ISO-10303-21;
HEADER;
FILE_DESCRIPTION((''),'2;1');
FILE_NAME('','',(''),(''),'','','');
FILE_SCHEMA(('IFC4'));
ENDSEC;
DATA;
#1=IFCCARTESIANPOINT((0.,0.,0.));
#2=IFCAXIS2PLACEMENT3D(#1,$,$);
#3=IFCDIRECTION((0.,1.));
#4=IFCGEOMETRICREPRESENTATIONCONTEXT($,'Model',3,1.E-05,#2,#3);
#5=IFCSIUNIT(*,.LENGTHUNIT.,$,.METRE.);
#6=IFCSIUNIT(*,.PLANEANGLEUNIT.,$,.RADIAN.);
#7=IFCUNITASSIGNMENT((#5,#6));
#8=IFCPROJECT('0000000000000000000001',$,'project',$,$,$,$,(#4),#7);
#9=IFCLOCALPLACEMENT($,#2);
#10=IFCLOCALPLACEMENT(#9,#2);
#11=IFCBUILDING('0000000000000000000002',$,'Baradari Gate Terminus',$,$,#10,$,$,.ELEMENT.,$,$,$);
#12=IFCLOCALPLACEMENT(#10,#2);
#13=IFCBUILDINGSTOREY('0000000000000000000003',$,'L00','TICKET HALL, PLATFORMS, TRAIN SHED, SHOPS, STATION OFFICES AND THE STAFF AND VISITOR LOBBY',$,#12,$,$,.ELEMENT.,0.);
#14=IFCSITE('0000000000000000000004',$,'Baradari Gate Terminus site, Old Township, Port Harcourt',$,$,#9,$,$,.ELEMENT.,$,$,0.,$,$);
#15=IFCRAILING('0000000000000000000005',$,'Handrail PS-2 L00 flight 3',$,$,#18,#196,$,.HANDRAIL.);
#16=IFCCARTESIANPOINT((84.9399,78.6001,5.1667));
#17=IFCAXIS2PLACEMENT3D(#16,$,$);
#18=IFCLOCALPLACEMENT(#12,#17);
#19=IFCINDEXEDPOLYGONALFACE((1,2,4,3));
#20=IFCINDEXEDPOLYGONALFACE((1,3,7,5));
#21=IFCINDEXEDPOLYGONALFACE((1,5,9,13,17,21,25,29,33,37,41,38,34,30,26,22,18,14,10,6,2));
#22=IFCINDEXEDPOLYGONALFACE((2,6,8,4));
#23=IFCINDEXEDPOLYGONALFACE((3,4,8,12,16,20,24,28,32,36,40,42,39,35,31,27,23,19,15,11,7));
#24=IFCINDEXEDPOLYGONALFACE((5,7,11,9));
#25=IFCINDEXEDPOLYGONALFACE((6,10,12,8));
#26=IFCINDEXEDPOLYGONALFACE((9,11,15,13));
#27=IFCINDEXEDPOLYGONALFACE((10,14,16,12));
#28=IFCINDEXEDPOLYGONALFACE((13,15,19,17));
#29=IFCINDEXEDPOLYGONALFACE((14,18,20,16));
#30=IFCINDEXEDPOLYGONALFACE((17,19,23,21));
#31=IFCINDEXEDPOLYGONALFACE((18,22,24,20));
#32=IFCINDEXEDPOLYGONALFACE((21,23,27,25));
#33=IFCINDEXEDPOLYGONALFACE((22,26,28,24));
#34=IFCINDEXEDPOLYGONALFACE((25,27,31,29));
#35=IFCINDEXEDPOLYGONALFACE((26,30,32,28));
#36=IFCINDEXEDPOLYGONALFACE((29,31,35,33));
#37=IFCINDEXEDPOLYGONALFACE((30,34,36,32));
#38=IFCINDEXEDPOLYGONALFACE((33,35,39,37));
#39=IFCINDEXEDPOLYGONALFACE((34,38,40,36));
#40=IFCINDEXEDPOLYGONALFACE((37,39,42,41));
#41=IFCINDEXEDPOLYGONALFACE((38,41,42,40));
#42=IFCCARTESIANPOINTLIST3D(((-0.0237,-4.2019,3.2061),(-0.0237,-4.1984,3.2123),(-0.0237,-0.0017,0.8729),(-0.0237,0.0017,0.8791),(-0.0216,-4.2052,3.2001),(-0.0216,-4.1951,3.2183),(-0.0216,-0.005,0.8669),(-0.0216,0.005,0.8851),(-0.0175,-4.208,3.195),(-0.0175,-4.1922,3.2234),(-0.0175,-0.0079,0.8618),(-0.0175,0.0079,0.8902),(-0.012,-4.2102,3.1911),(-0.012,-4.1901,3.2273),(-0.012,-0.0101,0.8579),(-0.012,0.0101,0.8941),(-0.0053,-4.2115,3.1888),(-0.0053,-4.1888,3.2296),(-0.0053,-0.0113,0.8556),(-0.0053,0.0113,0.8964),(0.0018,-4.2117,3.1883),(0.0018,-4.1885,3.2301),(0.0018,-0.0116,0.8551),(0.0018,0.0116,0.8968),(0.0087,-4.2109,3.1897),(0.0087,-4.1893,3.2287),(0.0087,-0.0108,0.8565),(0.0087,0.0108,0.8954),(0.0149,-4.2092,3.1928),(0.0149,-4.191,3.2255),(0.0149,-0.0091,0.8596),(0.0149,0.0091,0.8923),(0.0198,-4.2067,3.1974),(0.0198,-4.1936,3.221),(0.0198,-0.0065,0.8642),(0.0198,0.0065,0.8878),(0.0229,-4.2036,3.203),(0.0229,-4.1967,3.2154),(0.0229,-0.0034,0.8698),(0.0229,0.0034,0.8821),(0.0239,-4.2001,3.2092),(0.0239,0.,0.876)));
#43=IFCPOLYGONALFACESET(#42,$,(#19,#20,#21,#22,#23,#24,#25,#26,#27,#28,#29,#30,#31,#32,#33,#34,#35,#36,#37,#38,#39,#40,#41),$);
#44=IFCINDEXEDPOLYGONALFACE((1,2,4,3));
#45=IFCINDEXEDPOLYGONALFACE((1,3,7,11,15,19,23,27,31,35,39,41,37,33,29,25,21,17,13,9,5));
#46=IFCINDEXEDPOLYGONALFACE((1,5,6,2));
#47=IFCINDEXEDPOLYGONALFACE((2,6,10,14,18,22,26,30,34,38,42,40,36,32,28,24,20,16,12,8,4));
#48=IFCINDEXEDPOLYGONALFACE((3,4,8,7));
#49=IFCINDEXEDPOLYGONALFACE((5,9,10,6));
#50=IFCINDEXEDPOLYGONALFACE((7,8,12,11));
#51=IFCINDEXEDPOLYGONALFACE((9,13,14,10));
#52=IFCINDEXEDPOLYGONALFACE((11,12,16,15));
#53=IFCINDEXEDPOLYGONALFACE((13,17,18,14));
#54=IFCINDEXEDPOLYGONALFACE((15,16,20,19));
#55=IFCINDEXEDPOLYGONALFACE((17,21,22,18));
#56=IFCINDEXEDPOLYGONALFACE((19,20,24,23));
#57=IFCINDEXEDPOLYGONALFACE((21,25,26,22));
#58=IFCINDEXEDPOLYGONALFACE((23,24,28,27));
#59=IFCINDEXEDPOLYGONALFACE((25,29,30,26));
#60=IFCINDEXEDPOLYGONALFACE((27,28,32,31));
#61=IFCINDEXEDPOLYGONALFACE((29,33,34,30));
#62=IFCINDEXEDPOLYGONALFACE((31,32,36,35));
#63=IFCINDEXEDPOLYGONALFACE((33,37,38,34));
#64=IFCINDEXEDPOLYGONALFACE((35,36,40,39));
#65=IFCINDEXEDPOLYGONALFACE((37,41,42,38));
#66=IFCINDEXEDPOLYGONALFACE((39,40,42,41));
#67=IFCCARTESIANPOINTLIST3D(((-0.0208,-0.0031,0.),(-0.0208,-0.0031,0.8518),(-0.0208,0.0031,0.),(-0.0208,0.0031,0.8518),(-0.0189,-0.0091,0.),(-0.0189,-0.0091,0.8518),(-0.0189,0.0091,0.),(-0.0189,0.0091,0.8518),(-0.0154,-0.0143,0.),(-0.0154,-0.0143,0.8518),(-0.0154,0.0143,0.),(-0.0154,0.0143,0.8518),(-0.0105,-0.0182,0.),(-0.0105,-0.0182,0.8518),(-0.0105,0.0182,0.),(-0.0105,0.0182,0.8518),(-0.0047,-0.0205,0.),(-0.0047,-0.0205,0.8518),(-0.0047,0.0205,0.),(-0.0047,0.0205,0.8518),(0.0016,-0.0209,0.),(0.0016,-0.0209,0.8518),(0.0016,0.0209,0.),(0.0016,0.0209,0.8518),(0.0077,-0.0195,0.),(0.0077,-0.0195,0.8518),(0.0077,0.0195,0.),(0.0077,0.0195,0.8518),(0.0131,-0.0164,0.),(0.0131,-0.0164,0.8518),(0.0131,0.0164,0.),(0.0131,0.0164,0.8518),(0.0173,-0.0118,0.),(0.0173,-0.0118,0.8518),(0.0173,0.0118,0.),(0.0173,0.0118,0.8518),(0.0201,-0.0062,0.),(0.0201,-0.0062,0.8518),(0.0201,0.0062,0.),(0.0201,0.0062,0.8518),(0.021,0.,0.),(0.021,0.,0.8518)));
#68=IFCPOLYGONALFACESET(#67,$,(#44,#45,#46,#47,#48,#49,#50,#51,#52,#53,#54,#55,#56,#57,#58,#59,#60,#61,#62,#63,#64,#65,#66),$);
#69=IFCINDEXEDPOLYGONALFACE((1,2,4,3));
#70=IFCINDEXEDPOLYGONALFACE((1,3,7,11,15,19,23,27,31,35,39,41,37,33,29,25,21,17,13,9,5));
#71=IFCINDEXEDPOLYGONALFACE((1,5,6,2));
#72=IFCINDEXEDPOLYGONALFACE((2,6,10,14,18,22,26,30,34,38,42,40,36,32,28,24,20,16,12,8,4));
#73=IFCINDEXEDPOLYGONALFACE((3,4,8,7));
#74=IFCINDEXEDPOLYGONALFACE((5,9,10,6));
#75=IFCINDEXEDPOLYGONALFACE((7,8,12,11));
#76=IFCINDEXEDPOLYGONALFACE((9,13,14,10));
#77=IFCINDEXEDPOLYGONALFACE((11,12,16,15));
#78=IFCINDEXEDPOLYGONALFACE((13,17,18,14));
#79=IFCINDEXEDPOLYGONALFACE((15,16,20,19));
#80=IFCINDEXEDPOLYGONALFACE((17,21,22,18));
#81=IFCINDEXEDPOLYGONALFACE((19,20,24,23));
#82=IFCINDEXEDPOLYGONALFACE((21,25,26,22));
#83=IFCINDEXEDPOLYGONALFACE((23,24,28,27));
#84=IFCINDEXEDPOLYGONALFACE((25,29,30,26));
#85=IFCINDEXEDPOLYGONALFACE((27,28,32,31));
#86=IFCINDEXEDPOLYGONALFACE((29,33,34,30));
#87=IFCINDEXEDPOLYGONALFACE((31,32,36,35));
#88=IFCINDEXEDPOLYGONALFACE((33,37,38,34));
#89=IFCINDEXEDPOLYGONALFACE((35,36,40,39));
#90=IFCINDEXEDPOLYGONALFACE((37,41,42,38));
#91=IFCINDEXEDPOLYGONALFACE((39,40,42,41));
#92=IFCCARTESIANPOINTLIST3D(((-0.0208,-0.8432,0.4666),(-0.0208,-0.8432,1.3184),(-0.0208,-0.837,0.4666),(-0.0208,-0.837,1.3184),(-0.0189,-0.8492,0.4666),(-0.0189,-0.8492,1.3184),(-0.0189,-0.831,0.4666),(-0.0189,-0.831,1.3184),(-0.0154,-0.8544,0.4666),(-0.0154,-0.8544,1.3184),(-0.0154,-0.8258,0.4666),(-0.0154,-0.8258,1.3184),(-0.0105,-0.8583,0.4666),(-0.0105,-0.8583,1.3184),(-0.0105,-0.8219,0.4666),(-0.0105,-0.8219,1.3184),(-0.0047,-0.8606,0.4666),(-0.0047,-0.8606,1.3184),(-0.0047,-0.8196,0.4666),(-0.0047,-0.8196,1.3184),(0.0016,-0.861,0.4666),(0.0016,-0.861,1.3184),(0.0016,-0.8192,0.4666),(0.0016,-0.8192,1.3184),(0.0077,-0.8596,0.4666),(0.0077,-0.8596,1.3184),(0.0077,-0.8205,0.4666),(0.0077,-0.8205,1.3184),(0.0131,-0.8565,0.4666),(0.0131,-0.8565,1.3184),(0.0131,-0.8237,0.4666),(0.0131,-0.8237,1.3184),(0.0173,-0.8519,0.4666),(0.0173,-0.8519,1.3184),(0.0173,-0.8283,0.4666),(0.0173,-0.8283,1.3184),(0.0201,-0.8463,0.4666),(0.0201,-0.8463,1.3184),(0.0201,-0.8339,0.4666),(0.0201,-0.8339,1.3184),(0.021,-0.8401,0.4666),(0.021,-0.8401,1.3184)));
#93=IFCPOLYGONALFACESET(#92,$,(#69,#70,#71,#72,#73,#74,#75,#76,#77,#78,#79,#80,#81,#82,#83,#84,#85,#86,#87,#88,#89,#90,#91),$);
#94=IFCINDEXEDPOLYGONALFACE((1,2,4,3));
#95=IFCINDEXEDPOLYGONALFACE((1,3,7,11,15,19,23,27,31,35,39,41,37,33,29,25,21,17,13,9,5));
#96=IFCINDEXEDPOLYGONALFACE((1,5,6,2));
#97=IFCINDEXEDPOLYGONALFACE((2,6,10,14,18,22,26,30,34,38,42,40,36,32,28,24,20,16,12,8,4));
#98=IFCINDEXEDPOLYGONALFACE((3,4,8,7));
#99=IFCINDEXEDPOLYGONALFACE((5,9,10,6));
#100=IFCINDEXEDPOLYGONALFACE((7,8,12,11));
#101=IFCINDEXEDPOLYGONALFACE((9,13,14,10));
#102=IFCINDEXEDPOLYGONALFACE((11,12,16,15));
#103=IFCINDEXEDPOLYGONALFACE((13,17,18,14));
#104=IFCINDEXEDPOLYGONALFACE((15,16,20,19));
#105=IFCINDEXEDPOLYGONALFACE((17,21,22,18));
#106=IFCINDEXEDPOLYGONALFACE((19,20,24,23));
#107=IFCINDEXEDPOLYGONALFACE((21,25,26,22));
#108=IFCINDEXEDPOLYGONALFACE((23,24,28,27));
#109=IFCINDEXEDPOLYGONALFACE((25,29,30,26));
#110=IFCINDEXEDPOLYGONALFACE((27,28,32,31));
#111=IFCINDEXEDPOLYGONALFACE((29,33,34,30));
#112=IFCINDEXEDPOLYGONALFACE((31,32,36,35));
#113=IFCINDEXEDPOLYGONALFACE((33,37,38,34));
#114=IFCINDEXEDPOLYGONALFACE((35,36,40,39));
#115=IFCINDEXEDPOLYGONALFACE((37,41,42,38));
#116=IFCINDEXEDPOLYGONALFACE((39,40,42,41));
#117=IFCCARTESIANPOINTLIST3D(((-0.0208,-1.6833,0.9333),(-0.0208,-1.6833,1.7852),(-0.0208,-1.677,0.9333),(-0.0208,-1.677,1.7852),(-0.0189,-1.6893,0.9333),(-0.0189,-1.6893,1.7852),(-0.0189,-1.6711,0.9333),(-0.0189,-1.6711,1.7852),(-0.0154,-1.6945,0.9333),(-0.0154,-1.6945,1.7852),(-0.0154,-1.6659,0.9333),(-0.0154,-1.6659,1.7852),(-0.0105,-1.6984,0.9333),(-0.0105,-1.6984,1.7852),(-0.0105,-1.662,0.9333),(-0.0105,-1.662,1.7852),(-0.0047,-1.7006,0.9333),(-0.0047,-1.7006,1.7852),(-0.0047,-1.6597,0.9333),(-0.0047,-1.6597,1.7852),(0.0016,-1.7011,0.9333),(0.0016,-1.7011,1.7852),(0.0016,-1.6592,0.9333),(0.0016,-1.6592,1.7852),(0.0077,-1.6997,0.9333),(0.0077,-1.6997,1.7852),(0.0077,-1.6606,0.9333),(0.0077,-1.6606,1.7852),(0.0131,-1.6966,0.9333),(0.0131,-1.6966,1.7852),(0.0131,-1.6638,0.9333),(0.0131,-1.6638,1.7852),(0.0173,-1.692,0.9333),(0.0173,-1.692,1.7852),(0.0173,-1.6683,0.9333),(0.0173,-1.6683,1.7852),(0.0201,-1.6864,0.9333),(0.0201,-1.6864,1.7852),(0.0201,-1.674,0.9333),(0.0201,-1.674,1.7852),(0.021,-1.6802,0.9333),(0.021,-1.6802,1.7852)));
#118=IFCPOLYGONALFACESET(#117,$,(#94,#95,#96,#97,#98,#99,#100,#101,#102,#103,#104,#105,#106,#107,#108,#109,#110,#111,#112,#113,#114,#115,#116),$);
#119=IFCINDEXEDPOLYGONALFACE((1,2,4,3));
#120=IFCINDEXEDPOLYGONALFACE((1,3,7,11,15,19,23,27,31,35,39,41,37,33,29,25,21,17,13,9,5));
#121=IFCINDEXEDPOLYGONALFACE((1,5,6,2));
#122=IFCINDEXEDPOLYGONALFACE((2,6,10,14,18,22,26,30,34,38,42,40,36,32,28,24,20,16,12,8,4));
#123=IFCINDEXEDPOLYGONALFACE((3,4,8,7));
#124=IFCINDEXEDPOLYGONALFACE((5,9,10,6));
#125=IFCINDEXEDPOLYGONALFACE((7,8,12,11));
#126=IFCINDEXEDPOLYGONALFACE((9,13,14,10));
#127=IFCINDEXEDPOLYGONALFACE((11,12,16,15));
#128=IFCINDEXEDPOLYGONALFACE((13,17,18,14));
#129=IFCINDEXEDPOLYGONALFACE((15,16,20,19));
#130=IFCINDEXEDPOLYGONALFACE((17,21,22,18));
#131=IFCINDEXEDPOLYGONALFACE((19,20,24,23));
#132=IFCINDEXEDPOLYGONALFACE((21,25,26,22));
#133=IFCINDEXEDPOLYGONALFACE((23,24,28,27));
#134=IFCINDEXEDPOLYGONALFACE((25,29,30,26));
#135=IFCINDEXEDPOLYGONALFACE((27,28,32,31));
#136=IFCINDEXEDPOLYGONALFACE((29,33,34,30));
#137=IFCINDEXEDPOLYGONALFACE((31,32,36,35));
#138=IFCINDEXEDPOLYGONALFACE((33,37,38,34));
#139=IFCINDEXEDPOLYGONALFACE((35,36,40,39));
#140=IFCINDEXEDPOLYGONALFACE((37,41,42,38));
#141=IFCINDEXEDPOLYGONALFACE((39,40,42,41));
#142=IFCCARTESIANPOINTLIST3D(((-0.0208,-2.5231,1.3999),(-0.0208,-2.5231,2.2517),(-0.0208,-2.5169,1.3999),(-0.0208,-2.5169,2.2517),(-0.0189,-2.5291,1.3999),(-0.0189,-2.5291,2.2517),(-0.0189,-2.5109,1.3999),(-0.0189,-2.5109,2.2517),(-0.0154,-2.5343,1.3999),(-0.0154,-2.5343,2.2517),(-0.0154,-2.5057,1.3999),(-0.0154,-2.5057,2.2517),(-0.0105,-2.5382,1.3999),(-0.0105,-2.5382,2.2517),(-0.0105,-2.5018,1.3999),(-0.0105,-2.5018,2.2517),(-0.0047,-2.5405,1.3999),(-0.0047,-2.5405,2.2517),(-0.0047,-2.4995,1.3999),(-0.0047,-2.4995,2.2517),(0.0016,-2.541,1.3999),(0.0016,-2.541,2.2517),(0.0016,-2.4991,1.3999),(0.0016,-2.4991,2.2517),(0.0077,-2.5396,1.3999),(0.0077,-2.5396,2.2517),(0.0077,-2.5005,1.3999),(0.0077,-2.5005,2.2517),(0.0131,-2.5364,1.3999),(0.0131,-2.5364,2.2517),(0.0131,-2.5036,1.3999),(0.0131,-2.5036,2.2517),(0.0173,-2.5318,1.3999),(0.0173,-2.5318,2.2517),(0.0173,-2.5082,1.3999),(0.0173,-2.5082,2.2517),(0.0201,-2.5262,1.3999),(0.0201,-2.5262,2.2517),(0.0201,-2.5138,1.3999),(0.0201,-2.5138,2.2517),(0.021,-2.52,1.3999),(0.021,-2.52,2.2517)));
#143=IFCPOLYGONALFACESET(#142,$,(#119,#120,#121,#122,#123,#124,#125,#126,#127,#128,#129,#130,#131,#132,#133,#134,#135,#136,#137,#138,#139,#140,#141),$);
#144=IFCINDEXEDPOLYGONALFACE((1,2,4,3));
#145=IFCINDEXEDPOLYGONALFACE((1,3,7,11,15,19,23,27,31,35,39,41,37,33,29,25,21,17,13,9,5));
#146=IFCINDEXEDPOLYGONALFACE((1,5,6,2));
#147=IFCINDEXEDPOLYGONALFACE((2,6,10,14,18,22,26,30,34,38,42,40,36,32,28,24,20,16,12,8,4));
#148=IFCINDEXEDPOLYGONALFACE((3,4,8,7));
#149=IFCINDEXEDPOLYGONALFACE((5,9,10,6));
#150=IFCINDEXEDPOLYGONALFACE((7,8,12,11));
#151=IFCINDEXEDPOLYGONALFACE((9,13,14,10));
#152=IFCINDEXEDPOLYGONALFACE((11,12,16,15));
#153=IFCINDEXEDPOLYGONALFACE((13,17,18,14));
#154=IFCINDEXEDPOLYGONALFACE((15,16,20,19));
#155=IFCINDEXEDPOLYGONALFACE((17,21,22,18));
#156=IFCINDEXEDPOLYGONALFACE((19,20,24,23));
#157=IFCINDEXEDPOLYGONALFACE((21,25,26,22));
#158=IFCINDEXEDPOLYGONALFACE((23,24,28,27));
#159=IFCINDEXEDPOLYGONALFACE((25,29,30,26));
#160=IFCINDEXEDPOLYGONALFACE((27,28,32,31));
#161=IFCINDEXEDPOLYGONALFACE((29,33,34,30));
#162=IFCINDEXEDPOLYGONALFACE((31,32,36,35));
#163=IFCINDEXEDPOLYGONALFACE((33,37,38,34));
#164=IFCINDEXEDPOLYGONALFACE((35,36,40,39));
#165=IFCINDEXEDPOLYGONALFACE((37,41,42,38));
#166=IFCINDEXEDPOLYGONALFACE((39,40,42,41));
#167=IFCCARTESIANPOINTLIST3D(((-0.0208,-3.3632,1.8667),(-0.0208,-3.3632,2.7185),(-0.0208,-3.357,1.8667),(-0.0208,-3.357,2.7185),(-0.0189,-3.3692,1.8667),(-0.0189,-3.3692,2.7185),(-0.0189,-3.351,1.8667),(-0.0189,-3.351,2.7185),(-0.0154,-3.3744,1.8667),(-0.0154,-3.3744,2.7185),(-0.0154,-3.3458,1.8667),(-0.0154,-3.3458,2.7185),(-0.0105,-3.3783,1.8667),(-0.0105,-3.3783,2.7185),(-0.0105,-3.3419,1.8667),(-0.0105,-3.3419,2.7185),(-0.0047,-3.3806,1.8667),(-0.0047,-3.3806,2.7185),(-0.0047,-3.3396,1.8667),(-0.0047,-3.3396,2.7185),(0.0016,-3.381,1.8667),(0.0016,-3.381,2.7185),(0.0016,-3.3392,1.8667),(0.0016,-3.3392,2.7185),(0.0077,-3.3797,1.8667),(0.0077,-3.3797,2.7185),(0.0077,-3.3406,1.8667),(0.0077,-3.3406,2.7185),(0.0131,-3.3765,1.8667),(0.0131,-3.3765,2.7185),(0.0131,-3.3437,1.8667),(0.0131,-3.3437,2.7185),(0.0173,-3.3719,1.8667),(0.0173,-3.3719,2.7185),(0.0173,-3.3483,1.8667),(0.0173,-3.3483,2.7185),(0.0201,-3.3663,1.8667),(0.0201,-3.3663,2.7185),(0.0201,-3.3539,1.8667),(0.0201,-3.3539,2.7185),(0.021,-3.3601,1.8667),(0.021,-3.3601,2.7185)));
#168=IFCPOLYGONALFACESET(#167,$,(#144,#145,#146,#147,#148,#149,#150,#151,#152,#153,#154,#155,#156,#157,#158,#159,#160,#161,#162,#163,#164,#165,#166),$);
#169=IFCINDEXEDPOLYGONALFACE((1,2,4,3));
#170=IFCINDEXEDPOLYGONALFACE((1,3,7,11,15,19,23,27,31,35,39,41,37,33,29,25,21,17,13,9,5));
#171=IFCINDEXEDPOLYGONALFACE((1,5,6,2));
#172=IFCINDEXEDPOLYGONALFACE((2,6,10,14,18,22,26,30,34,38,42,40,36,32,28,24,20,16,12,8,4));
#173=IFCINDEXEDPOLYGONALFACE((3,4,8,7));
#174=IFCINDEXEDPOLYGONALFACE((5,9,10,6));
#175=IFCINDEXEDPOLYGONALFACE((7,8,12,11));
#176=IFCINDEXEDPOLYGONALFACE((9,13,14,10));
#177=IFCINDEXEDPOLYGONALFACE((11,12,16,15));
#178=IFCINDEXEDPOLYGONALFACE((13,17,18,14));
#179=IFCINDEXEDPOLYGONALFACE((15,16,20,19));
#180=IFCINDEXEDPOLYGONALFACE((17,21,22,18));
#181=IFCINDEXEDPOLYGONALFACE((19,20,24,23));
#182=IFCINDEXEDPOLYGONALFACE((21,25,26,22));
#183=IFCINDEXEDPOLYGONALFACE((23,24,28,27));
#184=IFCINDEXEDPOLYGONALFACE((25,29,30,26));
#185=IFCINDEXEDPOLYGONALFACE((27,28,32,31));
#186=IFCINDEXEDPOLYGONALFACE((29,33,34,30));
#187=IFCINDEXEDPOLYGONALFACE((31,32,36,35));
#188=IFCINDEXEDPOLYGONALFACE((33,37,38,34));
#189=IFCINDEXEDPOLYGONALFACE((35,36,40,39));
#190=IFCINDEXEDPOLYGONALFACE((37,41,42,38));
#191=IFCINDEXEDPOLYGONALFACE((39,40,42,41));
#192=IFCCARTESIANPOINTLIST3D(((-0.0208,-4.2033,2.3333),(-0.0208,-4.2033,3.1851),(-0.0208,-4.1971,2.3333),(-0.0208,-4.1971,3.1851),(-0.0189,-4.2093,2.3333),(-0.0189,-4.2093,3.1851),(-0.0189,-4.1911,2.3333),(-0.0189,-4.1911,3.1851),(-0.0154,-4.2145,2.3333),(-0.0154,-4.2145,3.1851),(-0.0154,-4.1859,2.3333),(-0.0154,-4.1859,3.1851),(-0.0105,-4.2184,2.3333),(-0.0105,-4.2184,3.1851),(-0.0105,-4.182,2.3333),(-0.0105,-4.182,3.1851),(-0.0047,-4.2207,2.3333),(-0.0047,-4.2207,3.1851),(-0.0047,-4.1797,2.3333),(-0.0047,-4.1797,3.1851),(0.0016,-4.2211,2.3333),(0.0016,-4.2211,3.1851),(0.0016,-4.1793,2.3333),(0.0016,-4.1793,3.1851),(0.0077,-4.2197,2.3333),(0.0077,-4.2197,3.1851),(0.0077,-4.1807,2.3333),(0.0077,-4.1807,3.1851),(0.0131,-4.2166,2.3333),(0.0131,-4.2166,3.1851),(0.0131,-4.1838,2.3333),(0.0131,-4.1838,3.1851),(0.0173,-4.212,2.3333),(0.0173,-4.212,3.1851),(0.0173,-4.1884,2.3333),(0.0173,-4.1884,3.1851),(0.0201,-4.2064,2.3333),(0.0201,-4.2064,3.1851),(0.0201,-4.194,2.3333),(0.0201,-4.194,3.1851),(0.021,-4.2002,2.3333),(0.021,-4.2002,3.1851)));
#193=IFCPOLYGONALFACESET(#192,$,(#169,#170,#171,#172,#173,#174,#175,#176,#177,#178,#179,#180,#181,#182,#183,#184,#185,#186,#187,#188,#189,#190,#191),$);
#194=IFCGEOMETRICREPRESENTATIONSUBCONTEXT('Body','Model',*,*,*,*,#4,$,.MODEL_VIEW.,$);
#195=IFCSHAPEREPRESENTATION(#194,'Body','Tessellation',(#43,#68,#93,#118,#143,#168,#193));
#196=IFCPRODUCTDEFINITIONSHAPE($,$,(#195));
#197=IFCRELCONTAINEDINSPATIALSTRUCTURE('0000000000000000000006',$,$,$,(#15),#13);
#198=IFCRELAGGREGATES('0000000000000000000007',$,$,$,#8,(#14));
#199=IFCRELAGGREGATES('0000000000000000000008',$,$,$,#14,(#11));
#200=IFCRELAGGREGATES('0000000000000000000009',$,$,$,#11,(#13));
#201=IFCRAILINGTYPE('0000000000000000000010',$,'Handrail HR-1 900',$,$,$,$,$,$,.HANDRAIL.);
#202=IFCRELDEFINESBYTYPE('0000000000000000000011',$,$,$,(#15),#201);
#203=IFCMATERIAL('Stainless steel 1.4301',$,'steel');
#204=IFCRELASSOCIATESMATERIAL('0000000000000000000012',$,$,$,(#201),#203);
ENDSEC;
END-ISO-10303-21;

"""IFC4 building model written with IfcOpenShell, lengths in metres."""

from ifc_helpers import new_model, si_unit, direction, frame, origin, origin_2d, place, context, subcontext, project, spatial, circle, extrude, material, type_object, element, save


model = new_model("IFC4")

# Units and contexts
model_context = context("Model", 3, precision=1e-05, world=origin(), true_north=direction((0.0, 1.0)))
body_context = subcontext(model_context, "Body", "Model", "MODEL_VIEW")
ifc_project = project(units=[si_unit("LENGTHUNIT", "METRE"), si_unit("PLANEANGLEUNIT", "RADIAN")], contexts=[model_context])

# Site, building, storey
site_placement = place(None, origin())
site = spatial("IfcSite", under=ifc_project, at=site_placement, Name="Baradari Gate Terminus site, Old Township, Port Harcourt", CompositionType="ELEMENT", RefElevation=0.0)
building_placement = place(site_placement, origin())
building = spatial("IfcBuilding", under=site, at=building_placement, Name="Baradari Gate Terminus", CompositionType="ELEMENT")
storey_placement = place(building_placement, origin())
storey = spatial("IfcBuildingStorey", under=building, at=storey_placement, Name="L00", Description="TICKET HALL, PLATFORMS, TRAIN SHED, SHOPS, STATION OFFICES AND THE STAFF AND VISITOR LOBBY", CompositionType="ELEMENT", Elevation=0.0)

# Railing
ifc_material_1 = material(Name="Stainless steel 1.4301", Category="steel")
railing_type_1 = type_object("IfcRailingType", Name="Handrail HR-1 900", PredefinedType="HANDRAIL", material=ifc_material_1)
for number, where, name in (
    (1, (84.9399, 78.6001, 5.1667), "Handrail PS-2 L00 flight 3"),
):
    element("IfcRailing", number, at=place(storey_placement, frame(where)), inside=storey, type_object=railing_type_1, Name=name, PredefinedType="HANDRAIL", context=body_context, shape_type="SweptSolid", body=[
        extrude(circle(Radius=0.0239, at=origin_2d()), frame((0.0, 0.0, 0.876), z_axis=(0.0, -0.874174, 0.485613), x_axis=(1.0, 0.0, 0.0)), (0.0, 0.0, 1.0), 4.8047),
        extrude(circle(Radius=0.021, at=origin_2d()), origin(), (0.0, 0.0, 1.0), 0.8518),
        extrude(circle(Radius=0.021, at=origin_2d()), frame((0.0, -0.8401, 0.4666)), (0.0, 0.0, 1.0), 0.8518),
        extrude(circle(Radius=0.021, at=origin_2d()), frame((0.0, -1.6802, 0.9333)), (0.0, 0.0, 1.0), 0.8518),
        extrude(circle(Radius=0.021, at=origin_2d()), frame((0.0, -2.52, 1.3999)), (0.0, 0.0, 1.0), 0.8518),
        extrude(circle(Radius=0.021, at=origin_2d()), frame((0.0, -3.3601, 1.8667)), (0.0, 0.0, 1.0), 0.8518),
        extrude(circle(Radius=0.021, at=origin_2d()), frame((0.0, -4.2002, 2.3333)), (0.0, 0.0, 1.0), 0.8518),
    ])

save(model, "model.ifc")
